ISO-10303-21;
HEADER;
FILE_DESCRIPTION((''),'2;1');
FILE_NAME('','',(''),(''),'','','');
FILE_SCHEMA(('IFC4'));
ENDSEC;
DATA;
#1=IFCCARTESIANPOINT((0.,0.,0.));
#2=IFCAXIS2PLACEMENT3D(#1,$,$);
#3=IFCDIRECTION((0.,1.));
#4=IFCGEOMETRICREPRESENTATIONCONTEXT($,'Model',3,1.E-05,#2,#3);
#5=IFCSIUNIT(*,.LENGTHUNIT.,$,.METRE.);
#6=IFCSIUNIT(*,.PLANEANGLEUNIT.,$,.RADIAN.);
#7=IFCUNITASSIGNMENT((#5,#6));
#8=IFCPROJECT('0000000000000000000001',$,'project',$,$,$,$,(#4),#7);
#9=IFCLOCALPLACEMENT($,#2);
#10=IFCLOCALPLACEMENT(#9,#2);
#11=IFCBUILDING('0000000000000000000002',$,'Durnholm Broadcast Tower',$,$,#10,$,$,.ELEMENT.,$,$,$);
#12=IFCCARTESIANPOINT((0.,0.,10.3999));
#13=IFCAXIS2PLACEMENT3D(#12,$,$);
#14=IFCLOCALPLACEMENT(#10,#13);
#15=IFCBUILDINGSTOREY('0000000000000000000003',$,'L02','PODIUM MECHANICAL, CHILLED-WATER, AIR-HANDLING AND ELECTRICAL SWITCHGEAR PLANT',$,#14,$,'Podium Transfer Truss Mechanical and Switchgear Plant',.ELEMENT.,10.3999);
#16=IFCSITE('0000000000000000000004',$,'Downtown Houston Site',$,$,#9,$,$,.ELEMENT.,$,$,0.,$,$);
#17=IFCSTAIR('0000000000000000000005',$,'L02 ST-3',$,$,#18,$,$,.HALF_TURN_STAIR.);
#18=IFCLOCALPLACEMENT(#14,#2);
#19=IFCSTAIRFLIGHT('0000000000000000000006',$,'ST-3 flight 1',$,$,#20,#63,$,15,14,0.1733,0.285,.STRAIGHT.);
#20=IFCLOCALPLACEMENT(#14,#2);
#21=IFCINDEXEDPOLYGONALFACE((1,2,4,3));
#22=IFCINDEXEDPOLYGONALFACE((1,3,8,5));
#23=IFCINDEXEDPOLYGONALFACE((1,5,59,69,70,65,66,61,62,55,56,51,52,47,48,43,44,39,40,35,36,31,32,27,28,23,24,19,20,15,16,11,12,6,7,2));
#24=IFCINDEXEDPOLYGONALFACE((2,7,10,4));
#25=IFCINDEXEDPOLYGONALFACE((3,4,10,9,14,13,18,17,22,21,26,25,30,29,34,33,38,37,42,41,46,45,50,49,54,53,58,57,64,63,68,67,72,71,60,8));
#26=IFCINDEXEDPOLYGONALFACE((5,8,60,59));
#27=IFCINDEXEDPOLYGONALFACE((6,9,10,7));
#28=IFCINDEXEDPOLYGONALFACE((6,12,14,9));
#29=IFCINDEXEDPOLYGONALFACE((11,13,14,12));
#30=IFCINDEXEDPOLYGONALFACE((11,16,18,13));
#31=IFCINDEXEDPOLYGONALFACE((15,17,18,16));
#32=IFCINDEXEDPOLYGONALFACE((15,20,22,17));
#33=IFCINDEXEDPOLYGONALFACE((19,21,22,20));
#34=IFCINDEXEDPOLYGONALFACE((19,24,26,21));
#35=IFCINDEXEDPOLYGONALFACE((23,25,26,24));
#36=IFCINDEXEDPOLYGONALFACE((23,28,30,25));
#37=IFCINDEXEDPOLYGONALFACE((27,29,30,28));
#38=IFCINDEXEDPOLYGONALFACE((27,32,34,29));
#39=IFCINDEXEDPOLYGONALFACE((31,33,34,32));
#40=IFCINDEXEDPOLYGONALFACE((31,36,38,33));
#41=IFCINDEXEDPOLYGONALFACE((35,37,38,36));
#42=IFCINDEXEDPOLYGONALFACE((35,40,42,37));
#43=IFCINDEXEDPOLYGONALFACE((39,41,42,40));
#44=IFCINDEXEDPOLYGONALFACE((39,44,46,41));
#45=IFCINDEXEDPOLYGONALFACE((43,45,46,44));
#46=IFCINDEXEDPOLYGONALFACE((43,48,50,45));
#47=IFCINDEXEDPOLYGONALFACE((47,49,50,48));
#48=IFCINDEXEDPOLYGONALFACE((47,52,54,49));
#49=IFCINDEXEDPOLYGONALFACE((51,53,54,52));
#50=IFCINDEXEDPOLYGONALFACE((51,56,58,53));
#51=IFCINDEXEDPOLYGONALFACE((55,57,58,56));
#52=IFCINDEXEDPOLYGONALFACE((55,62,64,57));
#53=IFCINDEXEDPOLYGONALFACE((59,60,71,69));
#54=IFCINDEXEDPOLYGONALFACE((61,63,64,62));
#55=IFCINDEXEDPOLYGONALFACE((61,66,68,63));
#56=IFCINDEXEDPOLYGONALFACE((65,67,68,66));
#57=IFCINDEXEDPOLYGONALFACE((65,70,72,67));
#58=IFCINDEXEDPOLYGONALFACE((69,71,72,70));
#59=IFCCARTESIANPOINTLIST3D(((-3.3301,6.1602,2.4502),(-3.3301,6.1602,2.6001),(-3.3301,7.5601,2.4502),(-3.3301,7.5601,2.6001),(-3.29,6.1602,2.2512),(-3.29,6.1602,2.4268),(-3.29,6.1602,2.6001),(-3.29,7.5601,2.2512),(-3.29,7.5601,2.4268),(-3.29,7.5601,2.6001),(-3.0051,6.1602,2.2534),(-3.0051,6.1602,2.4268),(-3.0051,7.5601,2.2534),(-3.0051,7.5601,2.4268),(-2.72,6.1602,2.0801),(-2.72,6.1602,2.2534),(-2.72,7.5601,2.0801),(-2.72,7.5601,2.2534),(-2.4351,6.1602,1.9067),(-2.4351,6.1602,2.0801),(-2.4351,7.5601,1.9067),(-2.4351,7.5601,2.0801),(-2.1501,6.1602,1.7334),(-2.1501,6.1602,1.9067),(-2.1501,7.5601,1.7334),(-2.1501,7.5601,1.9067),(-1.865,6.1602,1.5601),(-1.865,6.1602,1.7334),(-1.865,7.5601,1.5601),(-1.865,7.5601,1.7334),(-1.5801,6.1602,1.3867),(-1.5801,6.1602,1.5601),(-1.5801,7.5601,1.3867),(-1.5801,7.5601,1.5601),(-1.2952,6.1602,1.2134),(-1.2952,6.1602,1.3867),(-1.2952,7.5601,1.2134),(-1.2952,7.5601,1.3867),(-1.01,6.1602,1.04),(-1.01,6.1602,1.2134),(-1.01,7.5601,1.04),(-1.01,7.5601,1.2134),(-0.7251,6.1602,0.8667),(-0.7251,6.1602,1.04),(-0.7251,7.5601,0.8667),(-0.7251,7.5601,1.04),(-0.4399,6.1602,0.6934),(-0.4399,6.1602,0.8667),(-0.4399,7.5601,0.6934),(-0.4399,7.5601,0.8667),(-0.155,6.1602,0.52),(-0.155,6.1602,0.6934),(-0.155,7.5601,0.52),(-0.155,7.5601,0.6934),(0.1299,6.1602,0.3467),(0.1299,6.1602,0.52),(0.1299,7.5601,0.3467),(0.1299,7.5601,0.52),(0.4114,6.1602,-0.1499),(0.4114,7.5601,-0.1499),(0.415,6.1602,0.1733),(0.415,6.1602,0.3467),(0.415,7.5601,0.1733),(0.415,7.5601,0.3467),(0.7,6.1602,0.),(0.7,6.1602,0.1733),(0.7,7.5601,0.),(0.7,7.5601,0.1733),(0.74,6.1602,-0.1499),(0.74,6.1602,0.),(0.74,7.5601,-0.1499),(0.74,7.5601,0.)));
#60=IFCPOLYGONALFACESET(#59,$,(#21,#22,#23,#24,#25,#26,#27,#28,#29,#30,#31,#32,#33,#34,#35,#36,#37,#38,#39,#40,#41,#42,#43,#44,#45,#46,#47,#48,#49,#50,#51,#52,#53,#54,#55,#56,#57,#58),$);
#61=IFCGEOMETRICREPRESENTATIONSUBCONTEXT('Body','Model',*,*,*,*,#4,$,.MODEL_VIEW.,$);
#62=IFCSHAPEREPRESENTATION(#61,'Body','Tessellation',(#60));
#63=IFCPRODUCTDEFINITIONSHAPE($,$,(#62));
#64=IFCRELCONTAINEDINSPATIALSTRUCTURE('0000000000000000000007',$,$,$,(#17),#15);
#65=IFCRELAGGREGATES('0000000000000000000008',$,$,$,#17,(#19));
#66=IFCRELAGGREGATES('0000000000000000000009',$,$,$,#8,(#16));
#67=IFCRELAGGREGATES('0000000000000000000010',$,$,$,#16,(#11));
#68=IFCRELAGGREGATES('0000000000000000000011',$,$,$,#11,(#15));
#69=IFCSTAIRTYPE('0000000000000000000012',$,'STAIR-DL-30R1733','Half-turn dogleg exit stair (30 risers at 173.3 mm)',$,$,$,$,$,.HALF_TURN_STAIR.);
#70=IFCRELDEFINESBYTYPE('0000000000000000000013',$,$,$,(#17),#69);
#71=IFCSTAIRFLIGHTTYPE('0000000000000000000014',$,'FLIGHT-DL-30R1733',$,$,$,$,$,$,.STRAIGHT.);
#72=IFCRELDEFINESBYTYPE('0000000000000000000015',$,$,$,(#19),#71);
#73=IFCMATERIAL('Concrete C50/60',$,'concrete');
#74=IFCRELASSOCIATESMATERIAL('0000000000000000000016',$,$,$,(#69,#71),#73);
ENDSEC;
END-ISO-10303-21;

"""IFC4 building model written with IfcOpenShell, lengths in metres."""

from ifc_helpers import new_model, si_unit, direction, frame, origin, place, context, subcontext, project, spatial, polyline, outline, extrude, material, type_object, element, aggregate, save


model = new_model("IFC4")

# Units and contexts
model_context = context("Model", 3, precision=1e-05, world=origin(), true_north=direction((0.0, 1.0)))
body_context = subcontext(model_context, "Body", "Model", "MODEL_VIEW")
ifc_project = project(units=[si_unit("LENGTHUNIT", "METRE"), si_unit("PLANEANGLEUNIT", "RADIAN")], contexts=[model_context])

# Site, building, storey
site_placement = place(None, origin())
site = spatial("IfcSite", under=ifc_project, at=site_placement, Name="Downtown Houston Site", CompositionType="ELEMENT", RefElevation=0.0)
building_placement = place(site_placement, origin())
building = spatial("IfcBuilding", under=site, at=building_placement, Name="Durnholm Broadcast Tower", CompositionType="ELEMENT")
storey_placement = place(building_placement, frame((0.0, 0.0, 10.3999)))
storey = spatial("IfcBuildingStorey", under=building, at=storey_placement, Name="L02", Description="PODIUM MECHANICAL, CHILLED-WATER, AIR-HANDLING AND ELECTRICAL SWITCHGEAR PLANT", LongName="Podium Transfer Truss Mechanical and Switchgear Plant", CompositionType="ELEMENT", Elevation=10.3999)

# Shared definitions
ifc_material_1 = material(Name="Concrete C50/60", Category="concrete")
stair_type = type_object("IfcStairType", Name="STAIR-DL-30R1733", Description="Half-turn dogleg exit stair (30 risers at 173.3 mm)", PredefinedType="HALF_TURN_STAIR", material=ifc_material_1)

# Stair, stair flight
stair_1_placement = place(storey_placement, origin())
stair_1 = element("IfcStair", 1, at=stair_1_placement, inside=storey, type_object=stair_type, Name="L02 ST-3", PredefinedType="HALF_TURN_STAIR")
stair_flight_type = type_object("IfcStairFlightType", Name="FLIGHT-DL-30R1733", PredefinedType="STRAIGHT", material=ifc_material_1)
stair_flight_placement = place(storey_placement, frame((0.7, 6.8601, 0.0), z_axis=(0.0, 0.0, 1.0), x_axis=(-1.0, 0.0, 0.0)))
stair_flight = element("IfcStairFlight", 2, at=stair_flight_placement, type_object=stair_flight_type, Name="ST-3 flight 1", NumberOfRisers=15, NumberOfTreads=14, PredefinedType="STRAIGHT", RiserHeight=0.1733, TreadLength=0.285, context=body_context, shape_type="SweptSolid", body=[
    extrude(outline(polyline([(-0.04, -0.1499), (-0.04, 0.0), (0.0, 0.0), (0.0, 0.1733), (0.2849, 0.1733), (0.2849, 0.3467), (0.5701, 0.3467), (0.5701, 0.52), (0.855, 0.52), (0.855, 0.6934), (1.1399, 0.6934), (1.1399, 0.8667), (1.425, 0.8667), (1.425, 1.04), (1.71, 1.04), (1.71, 1.2134), (1.9951, 1.2134), (1.9951, 1.3867), (2.28, 1.3867), (2.28, 1.5601), (2.5649, 1.5601), (2.5649, 1.7334), (2.8501, 1.7334), (2.8501, 1.9067), (3.135, 1.9067), (3.135, 2.0801), (3.4199, 2.0801), (3.4199, 2.2534), (3.7051, 2.2534), (3.7051, 2.4268), (3.99, 2.4268), (3.99, 2.6001), (4.03, 2.6001), (4.03, 2.4502), (3.99, 2.2512), (0.2886, -0.1499), (-0.04, -0.1499)])), frame((0.0, 0.7, 0.0), z_axis=(0.0, -1.0, 0.0), x_axis=(1.0, 0.0, 0.0)), (0.0, 0.0, 1.0), 1.3999),
])
aggregate(stair_1, [stair_flight])

save(model, "model.ifc")
